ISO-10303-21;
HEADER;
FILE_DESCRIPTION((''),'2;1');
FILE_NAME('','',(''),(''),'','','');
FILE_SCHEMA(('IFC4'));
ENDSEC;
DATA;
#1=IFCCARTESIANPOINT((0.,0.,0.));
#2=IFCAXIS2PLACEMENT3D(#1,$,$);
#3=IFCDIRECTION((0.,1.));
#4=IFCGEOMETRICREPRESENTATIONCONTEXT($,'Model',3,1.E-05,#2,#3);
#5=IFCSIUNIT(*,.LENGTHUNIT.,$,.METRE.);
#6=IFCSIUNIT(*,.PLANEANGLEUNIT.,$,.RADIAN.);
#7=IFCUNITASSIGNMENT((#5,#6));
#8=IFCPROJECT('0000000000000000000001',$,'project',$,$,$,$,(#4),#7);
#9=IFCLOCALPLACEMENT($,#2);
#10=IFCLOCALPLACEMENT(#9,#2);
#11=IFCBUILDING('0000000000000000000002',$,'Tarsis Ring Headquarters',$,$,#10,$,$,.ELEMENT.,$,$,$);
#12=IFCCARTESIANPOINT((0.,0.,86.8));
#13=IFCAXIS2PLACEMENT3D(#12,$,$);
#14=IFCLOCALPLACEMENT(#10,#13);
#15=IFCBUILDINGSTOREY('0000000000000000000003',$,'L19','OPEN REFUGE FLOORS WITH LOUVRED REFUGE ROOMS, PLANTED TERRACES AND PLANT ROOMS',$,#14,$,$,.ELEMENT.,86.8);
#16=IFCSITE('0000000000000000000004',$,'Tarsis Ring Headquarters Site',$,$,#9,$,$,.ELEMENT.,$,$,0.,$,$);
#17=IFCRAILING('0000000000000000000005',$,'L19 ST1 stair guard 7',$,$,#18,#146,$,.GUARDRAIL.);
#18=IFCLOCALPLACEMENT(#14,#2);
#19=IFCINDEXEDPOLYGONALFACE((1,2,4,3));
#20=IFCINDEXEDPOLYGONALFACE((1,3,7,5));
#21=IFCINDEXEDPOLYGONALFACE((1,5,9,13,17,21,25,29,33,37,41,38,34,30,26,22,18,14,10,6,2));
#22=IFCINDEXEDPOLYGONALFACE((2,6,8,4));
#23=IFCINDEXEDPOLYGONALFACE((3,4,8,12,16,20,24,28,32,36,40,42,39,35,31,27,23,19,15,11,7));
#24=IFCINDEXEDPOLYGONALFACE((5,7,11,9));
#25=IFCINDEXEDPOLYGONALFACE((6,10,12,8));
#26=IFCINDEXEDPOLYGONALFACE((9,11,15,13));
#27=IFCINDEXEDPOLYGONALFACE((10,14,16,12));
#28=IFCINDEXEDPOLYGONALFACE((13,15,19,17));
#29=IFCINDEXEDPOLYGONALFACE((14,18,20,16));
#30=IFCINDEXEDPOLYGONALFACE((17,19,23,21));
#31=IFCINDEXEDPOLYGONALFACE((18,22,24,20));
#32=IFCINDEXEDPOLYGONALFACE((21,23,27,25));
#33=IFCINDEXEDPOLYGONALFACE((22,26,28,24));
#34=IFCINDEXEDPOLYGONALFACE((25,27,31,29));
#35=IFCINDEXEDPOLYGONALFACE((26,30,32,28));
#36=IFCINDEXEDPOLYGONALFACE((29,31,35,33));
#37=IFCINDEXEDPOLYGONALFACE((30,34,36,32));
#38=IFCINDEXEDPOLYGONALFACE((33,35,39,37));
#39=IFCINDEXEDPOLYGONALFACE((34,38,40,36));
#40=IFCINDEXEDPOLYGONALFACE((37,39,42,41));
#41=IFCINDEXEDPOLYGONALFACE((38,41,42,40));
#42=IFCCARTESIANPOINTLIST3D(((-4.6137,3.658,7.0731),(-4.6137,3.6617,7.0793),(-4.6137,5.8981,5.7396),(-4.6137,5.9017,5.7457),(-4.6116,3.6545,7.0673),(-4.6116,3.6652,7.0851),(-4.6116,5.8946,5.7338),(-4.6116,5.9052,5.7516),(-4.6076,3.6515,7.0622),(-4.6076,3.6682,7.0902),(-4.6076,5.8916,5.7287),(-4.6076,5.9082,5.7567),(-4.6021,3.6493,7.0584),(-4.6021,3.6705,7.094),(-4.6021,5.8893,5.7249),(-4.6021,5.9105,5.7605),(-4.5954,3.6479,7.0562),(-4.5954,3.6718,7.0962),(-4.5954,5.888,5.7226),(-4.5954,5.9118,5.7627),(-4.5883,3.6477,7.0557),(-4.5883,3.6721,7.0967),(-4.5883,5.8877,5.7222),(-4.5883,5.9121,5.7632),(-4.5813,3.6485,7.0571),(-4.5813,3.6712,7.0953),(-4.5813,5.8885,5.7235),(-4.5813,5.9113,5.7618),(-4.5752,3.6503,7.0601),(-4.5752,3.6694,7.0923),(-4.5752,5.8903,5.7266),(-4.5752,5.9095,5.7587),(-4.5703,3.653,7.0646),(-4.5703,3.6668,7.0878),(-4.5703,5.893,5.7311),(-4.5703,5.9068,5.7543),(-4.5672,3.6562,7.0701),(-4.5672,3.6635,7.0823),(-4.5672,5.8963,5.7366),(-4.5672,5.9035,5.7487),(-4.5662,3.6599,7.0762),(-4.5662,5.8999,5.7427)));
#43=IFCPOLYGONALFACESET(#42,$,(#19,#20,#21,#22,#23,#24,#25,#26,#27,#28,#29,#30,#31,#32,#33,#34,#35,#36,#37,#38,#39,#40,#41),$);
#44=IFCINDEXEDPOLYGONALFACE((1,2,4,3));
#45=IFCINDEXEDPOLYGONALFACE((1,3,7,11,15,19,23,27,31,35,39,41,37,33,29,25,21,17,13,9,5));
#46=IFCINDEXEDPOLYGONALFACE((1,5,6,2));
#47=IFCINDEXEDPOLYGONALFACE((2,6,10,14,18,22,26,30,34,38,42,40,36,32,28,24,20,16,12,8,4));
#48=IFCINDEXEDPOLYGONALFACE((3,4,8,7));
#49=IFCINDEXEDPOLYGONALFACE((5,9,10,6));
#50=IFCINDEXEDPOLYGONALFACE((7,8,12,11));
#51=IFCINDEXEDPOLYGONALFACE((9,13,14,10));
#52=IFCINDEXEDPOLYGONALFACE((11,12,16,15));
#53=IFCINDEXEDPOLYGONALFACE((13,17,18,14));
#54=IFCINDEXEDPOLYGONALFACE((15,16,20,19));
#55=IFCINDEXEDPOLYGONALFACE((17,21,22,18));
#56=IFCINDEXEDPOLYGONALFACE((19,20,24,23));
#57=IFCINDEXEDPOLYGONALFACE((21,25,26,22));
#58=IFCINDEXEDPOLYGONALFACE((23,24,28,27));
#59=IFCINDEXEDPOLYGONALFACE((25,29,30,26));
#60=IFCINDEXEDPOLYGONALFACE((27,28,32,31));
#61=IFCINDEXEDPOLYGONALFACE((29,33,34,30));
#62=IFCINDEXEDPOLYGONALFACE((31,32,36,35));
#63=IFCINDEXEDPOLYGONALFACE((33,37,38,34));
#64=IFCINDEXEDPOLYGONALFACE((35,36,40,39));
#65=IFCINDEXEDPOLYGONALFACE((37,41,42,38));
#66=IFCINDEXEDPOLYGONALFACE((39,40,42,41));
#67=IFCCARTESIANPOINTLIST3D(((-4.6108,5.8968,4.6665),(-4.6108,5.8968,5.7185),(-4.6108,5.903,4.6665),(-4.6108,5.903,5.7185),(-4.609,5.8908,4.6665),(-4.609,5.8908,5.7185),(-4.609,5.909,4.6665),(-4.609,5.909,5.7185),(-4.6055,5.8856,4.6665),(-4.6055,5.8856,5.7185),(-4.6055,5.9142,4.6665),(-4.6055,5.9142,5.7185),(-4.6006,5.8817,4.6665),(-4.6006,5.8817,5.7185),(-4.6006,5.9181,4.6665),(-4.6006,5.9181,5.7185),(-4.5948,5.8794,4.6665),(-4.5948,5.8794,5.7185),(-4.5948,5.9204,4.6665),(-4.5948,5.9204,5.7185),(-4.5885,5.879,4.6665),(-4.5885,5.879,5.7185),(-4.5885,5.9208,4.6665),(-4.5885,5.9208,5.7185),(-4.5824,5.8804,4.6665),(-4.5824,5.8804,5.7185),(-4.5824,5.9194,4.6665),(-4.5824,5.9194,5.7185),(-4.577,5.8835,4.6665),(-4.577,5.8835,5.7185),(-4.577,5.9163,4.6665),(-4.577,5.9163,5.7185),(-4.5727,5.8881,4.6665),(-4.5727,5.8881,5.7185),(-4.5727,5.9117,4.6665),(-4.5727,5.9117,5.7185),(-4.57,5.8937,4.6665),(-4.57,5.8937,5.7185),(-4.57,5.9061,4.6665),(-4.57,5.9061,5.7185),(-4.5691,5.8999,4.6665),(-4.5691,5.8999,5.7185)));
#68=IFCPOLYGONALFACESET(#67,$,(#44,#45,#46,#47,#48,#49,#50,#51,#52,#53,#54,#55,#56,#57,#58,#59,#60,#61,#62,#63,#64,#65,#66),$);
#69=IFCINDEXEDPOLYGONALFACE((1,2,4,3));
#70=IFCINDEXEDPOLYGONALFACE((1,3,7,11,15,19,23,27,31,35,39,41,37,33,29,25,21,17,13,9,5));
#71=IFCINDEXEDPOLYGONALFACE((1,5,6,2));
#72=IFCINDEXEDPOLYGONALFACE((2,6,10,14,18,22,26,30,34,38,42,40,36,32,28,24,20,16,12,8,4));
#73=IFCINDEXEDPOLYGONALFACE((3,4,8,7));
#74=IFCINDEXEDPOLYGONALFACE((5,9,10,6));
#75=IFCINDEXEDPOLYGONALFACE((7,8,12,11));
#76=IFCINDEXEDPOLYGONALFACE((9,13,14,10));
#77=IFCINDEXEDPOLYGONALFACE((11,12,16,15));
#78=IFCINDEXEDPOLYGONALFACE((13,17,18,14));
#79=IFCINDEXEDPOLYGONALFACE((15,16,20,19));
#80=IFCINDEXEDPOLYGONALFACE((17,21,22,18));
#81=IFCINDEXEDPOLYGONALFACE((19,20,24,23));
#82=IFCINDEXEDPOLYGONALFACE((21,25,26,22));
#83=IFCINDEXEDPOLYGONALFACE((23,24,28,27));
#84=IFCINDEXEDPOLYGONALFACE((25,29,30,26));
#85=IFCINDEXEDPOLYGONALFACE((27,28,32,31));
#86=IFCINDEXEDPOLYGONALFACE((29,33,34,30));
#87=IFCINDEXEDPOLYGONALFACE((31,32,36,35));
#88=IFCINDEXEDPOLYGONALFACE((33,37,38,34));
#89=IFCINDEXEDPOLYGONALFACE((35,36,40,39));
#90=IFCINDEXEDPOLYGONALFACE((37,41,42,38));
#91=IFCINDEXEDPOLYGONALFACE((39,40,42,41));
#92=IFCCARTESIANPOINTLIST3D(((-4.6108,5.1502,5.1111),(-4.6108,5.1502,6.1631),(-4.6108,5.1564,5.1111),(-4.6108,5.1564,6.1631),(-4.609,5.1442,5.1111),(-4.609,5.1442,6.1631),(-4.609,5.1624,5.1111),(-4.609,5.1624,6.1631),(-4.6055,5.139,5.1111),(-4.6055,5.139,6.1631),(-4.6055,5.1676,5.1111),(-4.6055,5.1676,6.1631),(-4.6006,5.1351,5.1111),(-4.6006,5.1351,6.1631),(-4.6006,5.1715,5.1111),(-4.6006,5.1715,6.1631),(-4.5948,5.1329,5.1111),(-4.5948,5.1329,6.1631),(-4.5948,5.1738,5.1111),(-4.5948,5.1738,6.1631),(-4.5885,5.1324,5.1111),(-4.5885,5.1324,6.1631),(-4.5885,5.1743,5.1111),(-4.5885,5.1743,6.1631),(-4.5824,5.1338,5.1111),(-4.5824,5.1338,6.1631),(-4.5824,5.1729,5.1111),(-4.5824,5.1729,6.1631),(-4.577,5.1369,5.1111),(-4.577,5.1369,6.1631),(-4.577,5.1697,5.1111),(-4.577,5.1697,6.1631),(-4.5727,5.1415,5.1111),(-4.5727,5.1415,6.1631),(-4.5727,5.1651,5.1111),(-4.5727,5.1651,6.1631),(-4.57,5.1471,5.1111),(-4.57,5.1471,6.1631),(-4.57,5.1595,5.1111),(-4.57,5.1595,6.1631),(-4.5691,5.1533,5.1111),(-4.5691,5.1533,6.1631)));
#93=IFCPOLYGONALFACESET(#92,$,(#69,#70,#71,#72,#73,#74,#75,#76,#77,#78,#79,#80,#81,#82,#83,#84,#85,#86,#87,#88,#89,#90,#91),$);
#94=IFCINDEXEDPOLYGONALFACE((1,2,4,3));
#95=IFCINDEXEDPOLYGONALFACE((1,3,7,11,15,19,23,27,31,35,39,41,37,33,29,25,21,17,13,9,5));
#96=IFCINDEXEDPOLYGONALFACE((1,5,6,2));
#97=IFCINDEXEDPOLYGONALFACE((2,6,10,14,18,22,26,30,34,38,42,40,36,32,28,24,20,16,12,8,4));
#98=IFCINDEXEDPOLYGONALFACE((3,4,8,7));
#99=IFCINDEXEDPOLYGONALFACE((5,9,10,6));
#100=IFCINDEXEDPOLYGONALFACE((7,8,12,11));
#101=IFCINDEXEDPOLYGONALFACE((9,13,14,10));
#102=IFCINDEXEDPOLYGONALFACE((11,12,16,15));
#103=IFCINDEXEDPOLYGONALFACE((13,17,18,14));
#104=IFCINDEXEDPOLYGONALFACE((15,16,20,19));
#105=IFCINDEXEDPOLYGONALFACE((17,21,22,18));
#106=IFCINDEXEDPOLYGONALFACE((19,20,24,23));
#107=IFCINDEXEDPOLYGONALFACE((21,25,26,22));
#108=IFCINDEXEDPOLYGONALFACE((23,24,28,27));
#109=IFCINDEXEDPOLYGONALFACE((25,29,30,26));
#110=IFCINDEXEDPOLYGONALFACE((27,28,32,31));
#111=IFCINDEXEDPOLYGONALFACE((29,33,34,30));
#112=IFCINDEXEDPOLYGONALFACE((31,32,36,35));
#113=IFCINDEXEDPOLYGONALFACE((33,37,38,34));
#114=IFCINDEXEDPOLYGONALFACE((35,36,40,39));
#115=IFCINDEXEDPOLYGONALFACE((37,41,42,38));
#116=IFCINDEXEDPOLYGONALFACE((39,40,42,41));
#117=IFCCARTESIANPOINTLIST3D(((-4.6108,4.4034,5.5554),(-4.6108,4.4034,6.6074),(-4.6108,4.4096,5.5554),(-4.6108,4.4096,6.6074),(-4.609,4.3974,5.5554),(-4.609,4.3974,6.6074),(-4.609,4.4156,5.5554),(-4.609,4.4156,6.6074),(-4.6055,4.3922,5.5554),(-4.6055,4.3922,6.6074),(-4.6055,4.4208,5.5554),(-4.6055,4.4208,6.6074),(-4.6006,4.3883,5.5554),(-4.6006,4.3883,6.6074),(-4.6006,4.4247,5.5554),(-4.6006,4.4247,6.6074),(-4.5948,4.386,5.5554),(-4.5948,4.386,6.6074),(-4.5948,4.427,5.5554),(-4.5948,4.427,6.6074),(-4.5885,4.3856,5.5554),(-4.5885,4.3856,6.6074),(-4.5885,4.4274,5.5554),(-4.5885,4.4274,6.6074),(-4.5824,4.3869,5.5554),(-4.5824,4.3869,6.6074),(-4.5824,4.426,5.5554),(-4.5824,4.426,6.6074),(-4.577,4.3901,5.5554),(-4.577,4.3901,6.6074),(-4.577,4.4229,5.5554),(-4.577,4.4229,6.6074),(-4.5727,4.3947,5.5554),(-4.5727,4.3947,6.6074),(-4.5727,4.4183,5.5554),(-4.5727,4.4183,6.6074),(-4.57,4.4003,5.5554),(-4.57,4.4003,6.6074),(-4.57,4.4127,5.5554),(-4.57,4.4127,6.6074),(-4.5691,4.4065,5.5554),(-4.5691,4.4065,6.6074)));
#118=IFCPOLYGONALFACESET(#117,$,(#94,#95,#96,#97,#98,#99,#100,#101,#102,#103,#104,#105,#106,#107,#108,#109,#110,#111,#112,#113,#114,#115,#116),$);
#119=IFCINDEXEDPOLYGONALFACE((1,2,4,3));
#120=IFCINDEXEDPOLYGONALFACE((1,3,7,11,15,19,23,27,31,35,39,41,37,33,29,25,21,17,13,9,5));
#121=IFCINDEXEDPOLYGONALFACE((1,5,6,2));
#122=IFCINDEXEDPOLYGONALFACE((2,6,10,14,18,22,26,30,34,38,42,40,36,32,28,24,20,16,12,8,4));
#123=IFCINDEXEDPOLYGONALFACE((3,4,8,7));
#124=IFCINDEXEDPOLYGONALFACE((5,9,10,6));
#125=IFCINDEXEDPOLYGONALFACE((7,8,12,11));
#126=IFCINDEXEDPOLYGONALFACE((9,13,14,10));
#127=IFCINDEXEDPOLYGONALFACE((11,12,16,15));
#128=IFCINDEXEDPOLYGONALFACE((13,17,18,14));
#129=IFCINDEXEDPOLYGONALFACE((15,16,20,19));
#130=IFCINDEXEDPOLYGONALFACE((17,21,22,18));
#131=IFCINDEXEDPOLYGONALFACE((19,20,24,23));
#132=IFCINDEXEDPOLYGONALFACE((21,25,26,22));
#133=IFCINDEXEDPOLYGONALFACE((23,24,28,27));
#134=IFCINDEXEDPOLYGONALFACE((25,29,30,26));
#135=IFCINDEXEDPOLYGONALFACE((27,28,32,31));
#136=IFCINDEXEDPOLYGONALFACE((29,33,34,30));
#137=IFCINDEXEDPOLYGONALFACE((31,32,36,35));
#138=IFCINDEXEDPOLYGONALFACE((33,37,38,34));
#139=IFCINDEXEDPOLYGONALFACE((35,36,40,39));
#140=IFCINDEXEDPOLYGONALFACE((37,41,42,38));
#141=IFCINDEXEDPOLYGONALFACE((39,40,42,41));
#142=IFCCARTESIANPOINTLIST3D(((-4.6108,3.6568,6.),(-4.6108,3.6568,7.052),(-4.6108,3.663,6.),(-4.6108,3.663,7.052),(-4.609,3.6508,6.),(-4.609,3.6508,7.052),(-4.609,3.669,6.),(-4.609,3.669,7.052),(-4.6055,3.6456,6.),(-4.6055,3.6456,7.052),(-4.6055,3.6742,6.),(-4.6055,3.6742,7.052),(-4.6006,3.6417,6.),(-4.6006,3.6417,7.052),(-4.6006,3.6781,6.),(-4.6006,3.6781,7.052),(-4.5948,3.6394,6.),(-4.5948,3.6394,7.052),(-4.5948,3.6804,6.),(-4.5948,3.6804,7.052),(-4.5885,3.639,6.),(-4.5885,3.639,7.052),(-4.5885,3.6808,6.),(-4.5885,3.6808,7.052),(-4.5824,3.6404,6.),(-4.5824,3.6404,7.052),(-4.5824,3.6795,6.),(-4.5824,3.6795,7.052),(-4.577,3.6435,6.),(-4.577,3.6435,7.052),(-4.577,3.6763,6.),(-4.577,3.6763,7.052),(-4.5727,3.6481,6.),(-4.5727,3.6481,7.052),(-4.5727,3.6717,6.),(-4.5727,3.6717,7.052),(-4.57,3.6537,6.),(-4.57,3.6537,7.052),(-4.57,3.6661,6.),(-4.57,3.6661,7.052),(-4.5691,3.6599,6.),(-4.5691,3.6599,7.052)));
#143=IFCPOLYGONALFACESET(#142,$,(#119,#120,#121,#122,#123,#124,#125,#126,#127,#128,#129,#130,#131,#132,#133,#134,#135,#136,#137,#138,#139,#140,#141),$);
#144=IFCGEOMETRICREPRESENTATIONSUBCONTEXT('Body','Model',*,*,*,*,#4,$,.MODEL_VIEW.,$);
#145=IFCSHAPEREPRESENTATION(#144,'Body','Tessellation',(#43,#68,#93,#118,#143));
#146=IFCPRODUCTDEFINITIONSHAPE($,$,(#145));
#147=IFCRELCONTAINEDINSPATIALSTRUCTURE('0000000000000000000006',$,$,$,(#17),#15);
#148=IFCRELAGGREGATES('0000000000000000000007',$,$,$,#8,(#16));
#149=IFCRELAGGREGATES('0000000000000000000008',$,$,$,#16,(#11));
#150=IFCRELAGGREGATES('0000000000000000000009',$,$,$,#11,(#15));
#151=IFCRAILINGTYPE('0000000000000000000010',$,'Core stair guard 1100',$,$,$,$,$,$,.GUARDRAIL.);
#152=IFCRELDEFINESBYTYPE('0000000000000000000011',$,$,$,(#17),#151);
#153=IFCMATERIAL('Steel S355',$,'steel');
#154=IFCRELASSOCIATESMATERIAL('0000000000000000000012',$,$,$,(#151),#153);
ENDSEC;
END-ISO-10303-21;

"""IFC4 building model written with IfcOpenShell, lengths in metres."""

from ifc_helpers import new_model, si_unit, direction, frame, origin, origin_2d, place, context, subcontext, project, spatial, circle, extrude, material, type_object, element, save


model = new_model("IFC4")

# Units and contexts
model_context = context("Model", 3, precision=1e-05, world=origin(), true_north=direction((0.0, 1.0)))
body_context = subcontext(model_context, "Body", "Model", "MODEL_VIEW")
ifc_project = project(units=[si_unit("LENGTHUNIT", "METRE"), si_unit("PLANEANGLEUNIT", "RADIAN")], contexts=[model_context])

# Site, building, storey
site_placement = place(None, origin())
site = spatial("IfcSite", under=ifc_project, at=site_placement, Name="Tarsis Ring Headquarters Site", CompositionType="ELEMENT", RefElevation=0.0)
building_placement = place(site_placement, origin())
building = spatial("IfcBuilding", under=site, at=building_placement, Name="Tarsis Ring Headquarters", CompositionType="ELEMENT")
storey_placement = place(building_placement, frame((0.0, 0.0, 86.8)))
storey = spatial("IfcBuildingStorey", under=building, at=storey_placement, Name="L19", Description="OPEN REFUGE FLOORS WITH LOUVRED REFUGE ROOMS, PLANTED TERRACES AND PLANT ROOMS", CompositionType="ELEMENT", Elevation=86.8)

# Shared definitions
ifc_material_1 = material(Name="Steel S355", Category="steel")

# Railing
railing_type_1 = type_object("IfcRailingType", Name="Core stair guard 1100", PredefinedType="GUARDRAIL", material=ifc_material_1)
railing_1_placement = place(storey_placement, frame((-4.5901, 5.8999, 4.6665)))
element("IfcRailing", 1, at=railing_1_placement, inside=storey, type_object=railing_type_1, Name="L19 ST1 stair guard 7", PredefinedType="GUARDRAIL", context=body_context, shape_type="SweptSolid", body=[
    extrude(circle(Radius=0.0239, at=origin_2d()), frame((0.0, 0.0, 1.0762), z_axis=(0.0, -0.859264, 0.511532), x_axis=(1.0, 0.0, 0.0)), (0.0, 0.0, 1.0), 2.6069),
    extrude(circle(Radius=0.021, at=origin_2d()), origin(), (0.0, 0.0, 1.0), 1.052),
    extrude(circle(Radius=0.021, at=origin_2d()), frame((0.0, -0.7466, 0.4446)), (0.0, 0.0, 1.0), 1.052),
    extrude(circle(Radius=0.021, at=origin_2d()), frame((0.0, -1.4934, 0.8889)), (0.0, 0.0, 1.0), 1.052),
    extrude(circle(Radius=0.021, at=origin_2d()), frame((0.0, -2.24, 1.3335)), (0.0, 0.0, 1.0), 1.052),
])

save(model, "model.ifc")
